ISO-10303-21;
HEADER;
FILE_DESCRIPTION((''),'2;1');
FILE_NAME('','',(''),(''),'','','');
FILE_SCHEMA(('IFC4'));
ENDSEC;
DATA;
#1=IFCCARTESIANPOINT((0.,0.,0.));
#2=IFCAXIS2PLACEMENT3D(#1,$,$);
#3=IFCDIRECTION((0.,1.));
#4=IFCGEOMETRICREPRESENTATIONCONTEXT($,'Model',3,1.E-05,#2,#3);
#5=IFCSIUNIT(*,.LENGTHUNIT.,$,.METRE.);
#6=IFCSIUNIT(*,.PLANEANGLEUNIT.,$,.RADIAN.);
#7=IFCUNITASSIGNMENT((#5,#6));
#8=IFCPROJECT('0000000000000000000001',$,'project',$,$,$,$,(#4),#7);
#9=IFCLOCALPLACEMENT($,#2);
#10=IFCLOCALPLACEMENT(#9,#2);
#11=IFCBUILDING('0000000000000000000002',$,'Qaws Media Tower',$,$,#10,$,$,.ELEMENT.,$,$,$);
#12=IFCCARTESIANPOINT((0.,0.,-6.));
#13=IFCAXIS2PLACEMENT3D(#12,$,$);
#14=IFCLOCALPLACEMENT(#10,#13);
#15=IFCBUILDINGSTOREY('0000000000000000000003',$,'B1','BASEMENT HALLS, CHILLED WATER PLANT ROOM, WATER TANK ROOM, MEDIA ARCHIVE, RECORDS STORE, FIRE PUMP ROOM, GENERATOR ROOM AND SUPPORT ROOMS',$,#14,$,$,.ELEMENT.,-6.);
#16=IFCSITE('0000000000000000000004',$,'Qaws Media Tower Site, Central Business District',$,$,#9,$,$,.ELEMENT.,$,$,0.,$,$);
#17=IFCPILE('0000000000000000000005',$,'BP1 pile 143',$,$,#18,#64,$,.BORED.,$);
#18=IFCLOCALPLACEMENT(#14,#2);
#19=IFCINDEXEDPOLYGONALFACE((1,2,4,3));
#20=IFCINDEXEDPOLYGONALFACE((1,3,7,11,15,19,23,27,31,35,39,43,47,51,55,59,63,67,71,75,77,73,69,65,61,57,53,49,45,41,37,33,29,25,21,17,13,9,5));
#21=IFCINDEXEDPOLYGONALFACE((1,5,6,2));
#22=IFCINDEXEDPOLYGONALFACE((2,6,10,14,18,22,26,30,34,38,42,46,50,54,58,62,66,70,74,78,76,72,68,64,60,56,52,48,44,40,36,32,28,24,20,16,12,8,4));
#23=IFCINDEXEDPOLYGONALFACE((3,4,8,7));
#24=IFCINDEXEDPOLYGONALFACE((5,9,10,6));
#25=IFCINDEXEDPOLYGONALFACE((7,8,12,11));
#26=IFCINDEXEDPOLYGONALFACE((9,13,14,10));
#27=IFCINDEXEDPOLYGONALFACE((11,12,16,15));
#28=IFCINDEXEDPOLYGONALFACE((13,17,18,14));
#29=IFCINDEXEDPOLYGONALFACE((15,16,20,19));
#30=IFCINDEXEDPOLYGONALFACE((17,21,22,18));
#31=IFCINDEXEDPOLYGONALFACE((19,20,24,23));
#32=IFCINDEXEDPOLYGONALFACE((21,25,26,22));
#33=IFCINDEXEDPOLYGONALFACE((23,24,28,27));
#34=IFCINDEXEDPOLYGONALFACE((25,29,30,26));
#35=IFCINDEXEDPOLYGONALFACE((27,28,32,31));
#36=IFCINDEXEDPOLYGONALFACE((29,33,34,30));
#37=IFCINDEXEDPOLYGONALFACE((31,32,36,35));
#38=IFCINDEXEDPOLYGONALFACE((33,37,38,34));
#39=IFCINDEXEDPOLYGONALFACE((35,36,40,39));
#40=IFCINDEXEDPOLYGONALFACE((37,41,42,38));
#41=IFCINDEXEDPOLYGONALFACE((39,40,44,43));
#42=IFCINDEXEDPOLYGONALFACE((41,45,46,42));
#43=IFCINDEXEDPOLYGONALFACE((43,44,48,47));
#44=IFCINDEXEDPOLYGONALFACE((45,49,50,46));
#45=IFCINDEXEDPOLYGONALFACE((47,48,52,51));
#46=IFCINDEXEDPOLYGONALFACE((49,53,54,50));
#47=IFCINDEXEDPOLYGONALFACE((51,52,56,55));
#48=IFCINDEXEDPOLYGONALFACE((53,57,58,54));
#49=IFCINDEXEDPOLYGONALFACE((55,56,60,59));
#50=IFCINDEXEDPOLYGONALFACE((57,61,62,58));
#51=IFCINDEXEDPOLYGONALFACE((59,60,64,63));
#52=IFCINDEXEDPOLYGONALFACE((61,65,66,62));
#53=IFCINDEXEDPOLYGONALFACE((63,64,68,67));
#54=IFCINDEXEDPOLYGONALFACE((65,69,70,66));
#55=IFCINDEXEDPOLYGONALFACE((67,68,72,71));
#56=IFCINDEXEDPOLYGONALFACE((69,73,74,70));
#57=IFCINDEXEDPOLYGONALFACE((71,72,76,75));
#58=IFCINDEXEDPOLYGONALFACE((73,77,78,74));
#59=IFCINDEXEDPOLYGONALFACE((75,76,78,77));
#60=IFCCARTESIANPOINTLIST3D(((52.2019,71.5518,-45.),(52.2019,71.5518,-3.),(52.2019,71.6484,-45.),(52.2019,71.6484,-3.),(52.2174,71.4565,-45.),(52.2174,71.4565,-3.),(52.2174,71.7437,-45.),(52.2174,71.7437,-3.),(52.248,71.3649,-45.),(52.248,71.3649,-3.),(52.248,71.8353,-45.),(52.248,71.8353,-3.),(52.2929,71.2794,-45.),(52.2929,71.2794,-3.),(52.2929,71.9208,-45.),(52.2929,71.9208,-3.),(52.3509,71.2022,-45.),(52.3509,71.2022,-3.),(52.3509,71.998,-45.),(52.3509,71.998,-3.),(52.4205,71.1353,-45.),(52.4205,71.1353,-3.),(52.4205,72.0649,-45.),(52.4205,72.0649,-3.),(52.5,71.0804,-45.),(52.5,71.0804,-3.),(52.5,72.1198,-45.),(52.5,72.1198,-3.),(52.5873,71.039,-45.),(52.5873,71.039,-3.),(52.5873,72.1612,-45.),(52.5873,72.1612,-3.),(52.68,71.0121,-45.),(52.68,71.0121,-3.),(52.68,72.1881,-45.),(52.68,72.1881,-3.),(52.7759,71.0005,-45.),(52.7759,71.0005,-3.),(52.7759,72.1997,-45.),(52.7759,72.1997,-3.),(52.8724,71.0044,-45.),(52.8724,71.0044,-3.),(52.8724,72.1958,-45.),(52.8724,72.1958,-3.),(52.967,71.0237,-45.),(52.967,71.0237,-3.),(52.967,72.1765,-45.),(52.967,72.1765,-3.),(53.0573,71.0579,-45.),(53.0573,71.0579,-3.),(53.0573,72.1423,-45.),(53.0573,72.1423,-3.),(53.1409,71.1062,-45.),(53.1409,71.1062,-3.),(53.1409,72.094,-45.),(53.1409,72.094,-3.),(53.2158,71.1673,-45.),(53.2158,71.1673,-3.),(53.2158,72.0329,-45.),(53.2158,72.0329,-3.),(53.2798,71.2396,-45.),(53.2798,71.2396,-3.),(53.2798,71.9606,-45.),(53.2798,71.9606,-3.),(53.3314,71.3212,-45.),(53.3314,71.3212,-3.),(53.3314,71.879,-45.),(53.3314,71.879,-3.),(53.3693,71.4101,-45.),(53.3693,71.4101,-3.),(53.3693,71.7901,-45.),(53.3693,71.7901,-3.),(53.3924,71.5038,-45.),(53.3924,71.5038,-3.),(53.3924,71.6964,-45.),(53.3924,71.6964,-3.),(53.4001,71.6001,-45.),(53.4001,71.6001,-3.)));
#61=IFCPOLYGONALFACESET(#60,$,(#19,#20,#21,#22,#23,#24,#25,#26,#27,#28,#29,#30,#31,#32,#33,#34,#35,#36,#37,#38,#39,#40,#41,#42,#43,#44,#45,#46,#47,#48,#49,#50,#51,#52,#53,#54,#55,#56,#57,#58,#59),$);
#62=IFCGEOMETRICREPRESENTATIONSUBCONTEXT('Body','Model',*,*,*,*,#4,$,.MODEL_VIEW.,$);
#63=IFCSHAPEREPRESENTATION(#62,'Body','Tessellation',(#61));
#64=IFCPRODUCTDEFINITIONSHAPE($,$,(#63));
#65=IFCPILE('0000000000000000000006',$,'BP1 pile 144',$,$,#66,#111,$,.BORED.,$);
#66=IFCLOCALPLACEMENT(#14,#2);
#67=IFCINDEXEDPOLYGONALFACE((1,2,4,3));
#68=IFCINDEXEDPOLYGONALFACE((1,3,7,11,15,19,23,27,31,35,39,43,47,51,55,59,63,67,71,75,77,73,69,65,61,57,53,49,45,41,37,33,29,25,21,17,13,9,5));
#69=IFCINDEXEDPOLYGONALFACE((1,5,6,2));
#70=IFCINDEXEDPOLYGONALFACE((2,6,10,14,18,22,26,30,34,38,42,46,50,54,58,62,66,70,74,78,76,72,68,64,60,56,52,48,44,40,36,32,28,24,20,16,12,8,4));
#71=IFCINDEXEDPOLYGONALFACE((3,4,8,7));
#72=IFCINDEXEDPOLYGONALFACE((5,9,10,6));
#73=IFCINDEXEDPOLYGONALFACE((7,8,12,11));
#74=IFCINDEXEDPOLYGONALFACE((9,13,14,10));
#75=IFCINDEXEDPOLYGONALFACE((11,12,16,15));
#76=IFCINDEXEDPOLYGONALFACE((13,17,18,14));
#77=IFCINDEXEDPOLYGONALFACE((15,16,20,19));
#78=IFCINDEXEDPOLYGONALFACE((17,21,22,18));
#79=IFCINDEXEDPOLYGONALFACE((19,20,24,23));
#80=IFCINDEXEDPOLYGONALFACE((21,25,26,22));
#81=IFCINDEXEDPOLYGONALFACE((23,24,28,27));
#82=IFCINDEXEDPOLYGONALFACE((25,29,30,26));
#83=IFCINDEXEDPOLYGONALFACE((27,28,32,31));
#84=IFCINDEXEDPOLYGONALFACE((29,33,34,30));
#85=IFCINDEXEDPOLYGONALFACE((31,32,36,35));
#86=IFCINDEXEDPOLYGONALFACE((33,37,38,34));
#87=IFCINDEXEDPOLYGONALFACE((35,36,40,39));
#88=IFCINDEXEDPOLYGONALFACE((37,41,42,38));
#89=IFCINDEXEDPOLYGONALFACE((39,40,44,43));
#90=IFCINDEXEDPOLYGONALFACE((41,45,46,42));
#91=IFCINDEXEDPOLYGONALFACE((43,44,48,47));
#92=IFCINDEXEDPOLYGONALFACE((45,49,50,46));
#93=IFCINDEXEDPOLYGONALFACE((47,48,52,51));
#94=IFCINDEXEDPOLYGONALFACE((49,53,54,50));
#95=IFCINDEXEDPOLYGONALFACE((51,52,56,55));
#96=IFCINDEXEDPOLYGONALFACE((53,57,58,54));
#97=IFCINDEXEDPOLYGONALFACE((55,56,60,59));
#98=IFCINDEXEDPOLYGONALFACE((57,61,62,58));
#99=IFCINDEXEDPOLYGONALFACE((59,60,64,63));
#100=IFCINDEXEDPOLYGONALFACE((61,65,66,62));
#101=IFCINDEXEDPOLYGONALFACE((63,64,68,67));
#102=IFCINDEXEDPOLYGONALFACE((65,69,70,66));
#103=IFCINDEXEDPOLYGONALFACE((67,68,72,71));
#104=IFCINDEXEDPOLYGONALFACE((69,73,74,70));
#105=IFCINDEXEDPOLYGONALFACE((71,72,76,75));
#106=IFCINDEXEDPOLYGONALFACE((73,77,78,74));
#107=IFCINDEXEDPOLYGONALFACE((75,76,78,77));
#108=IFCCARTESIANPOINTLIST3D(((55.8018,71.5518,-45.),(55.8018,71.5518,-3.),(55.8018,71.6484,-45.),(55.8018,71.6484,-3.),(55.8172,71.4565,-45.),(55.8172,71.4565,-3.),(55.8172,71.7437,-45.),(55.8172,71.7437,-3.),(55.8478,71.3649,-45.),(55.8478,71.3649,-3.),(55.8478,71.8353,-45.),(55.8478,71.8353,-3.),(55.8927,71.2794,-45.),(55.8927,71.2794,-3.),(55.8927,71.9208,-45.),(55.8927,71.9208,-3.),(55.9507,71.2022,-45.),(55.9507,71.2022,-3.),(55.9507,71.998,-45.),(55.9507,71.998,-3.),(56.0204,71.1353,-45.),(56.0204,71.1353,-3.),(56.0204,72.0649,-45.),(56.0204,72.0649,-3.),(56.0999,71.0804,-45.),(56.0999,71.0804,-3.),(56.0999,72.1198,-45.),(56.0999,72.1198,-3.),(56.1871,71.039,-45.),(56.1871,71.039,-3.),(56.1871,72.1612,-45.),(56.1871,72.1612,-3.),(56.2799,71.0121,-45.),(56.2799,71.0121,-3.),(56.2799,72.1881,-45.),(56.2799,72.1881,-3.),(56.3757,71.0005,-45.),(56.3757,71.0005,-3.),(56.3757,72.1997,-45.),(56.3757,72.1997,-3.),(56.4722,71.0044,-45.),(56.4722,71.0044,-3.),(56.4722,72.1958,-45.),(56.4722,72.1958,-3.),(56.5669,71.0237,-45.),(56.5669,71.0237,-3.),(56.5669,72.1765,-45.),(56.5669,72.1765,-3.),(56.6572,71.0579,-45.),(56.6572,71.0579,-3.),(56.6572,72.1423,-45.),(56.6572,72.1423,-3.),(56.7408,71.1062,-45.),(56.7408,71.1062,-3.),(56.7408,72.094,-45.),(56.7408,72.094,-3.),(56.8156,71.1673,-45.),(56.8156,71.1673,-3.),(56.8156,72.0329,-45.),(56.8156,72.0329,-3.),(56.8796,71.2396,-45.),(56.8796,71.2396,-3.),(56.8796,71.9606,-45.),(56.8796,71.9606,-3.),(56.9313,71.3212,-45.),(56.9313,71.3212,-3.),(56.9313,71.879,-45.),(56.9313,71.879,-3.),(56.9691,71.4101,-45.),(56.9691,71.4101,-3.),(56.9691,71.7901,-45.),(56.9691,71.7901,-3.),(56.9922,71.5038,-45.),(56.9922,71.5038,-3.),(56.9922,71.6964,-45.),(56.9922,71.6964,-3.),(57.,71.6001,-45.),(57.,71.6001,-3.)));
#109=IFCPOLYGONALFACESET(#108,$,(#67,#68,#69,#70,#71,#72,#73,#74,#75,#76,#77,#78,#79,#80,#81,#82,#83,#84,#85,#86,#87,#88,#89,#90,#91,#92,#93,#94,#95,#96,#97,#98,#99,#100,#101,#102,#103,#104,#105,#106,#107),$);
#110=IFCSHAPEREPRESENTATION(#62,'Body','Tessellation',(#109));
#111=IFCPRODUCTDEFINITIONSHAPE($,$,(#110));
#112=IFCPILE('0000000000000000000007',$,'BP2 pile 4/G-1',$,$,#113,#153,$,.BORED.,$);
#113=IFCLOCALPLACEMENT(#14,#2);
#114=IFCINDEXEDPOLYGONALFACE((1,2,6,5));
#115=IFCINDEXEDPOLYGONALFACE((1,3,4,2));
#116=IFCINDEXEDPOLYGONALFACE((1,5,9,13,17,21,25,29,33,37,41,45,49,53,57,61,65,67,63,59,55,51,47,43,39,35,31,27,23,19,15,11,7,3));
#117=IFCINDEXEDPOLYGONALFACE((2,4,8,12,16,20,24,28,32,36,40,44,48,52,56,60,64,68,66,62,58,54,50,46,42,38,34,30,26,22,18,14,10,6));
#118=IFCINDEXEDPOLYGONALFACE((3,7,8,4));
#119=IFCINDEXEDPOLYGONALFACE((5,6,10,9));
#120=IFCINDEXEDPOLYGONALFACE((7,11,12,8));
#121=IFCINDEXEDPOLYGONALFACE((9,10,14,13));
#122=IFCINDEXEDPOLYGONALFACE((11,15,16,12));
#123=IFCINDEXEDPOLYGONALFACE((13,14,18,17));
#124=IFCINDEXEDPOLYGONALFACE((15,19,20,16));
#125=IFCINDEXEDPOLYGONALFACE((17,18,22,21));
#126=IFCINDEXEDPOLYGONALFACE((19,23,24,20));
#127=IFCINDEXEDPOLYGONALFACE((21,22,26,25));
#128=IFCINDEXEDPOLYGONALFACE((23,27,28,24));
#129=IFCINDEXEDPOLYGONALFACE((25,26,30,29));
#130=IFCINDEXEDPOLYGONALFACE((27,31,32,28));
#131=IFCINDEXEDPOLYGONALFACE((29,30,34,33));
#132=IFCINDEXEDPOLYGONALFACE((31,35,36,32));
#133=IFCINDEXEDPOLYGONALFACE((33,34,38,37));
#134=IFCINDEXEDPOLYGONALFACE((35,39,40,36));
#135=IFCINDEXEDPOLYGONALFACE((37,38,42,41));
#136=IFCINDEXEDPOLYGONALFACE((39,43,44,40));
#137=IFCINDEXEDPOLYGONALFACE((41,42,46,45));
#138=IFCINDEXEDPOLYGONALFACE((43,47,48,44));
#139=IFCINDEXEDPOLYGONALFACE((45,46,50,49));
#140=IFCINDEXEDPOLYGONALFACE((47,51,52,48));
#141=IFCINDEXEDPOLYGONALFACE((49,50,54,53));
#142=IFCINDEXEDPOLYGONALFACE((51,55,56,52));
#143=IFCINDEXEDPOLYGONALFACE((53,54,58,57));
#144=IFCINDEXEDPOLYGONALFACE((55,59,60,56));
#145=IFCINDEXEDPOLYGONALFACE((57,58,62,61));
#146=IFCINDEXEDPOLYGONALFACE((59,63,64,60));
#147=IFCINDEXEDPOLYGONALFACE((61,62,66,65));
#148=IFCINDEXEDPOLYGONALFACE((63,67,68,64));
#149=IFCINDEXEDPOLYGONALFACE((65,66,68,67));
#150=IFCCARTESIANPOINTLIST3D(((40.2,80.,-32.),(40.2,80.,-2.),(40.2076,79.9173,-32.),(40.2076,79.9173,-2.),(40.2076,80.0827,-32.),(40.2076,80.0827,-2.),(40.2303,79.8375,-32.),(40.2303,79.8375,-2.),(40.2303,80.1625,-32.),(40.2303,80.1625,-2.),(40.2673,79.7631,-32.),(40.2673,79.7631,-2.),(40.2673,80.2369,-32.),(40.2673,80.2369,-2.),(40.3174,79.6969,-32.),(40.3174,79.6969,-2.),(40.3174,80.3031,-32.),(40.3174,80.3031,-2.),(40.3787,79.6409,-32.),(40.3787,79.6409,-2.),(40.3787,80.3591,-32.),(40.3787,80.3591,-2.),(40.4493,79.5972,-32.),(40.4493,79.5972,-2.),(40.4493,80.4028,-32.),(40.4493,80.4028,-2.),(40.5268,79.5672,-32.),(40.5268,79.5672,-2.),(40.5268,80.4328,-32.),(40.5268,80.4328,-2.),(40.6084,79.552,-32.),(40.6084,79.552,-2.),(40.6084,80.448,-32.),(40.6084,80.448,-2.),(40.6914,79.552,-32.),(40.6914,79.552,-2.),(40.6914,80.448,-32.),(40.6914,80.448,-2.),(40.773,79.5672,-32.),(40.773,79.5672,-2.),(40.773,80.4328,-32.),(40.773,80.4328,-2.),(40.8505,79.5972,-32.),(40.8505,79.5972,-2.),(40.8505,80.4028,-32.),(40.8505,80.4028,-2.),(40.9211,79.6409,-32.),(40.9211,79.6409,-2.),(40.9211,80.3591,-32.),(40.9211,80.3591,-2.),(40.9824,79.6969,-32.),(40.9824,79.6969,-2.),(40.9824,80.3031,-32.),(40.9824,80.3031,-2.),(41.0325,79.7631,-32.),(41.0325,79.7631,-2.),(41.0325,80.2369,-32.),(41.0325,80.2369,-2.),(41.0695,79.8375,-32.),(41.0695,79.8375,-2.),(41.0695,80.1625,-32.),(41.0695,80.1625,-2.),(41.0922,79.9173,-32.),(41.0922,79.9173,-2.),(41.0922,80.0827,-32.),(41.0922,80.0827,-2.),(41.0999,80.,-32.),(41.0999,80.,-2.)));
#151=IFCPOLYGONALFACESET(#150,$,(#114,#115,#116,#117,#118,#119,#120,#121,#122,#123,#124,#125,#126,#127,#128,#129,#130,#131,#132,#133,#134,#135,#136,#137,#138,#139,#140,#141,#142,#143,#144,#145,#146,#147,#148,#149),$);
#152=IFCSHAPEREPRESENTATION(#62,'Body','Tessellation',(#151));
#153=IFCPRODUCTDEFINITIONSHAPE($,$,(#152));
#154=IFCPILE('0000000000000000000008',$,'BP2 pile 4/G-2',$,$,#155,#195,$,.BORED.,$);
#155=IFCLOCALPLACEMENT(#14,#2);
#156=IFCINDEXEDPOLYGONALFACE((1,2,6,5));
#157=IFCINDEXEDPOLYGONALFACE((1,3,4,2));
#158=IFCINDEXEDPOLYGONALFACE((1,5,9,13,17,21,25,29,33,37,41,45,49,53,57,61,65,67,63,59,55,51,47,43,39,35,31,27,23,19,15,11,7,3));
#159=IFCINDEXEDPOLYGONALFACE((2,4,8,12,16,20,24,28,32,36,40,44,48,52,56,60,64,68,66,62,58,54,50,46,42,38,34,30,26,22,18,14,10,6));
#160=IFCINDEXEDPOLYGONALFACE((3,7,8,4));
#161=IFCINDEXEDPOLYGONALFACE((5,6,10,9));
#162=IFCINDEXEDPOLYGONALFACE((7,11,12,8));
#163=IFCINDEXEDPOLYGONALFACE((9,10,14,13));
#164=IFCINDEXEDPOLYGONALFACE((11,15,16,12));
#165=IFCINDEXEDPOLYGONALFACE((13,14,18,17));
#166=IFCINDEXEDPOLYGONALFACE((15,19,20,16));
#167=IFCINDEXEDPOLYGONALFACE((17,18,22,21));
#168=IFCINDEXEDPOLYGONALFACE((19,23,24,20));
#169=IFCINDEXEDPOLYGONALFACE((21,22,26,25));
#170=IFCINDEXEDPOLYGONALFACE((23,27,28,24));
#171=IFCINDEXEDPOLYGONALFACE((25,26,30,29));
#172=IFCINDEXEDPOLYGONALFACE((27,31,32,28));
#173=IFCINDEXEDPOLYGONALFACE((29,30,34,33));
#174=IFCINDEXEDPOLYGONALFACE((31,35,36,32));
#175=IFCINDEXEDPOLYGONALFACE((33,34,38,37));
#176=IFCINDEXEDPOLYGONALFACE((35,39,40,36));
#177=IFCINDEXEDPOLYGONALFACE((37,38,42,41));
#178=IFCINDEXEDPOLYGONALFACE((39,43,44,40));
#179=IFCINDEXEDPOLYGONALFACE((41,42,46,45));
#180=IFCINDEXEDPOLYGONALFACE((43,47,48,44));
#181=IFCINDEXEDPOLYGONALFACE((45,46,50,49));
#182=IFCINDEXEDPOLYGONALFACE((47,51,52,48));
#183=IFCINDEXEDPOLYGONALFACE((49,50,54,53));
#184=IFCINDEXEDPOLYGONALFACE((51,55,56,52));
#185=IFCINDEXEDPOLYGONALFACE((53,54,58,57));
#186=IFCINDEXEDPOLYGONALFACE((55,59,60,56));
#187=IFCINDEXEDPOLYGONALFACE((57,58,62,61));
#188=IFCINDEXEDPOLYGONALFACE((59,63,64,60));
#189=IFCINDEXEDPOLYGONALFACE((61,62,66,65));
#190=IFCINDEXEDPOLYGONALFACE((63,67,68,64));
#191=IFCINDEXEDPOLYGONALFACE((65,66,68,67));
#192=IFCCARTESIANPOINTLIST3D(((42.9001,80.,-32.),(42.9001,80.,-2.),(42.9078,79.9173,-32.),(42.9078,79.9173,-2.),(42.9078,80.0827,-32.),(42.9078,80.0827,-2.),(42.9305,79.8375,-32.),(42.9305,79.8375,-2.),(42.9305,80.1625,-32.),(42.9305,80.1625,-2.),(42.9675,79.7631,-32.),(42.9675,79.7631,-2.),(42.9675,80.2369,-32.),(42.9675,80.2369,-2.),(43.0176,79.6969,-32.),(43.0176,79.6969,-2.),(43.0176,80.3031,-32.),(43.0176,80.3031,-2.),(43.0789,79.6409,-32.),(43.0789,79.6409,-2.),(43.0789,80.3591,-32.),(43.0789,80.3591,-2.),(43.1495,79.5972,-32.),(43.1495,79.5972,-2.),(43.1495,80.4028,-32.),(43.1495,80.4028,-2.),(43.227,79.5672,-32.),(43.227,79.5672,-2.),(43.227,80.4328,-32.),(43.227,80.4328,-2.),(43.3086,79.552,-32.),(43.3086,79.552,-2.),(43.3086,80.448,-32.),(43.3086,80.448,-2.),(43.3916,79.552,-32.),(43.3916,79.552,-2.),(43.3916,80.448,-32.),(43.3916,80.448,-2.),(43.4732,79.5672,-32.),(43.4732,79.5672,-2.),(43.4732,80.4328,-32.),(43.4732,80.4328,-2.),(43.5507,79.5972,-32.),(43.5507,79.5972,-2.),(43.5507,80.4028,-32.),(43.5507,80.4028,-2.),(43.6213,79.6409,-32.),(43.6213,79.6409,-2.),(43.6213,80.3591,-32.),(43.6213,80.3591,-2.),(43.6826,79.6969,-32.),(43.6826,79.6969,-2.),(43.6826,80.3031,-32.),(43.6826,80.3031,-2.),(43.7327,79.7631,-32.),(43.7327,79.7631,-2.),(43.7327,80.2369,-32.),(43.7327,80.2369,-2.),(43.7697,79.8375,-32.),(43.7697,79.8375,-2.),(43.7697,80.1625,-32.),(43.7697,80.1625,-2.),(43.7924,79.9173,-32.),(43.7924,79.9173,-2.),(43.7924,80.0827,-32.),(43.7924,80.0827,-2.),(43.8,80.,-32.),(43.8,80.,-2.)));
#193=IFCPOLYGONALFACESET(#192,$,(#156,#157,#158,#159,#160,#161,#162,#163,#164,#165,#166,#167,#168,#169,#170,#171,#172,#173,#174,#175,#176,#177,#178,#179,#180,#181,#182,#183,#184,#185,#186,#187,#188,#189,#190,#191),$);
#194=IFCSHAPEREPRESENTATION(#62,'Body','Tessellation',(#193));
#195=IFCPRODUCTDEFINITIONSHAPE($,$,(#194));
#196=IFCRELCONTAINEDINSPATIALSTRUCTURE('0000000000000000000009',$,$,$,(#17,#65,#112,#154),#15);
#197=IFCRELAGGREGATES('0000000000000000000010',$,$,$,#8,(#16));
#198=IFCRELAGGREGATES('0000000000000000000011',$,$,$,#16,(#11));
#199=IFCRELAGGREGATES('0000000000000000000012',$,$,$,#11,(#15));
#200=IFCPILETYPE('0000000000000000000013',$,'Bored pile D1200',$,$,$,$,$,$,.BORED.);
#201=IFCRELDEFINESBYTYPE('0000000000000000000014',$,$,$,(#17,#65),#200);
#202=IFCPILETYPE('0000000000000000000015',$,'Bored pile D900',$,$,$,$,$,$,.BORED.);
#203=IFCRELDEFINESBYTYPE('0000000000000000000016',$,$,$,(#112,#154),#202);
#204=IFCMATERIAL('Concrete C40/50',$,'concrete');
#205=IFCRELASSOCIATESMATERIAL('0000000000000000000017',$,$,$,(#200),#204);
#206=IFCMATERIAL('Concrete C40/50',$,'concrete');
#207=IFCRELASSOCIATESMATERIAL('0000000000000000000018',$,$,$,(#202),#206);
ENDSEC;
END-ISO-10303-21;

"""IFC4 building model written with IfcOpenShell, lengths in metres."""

from ifc_helpers import new_model, si_unit, direction, frame, origin, origin_2d, place, context, subcontext, project, spatial, circle, extrude, material, material_profile, profile_set, type_object, element, save


model = new_model("IFC4")

# Units and contexts
model_context = context("Model", 3, precision=1e-05, world=origin(), true_north=direction((0.0, 1.0)))
body_context = subcontext(model_context, "Body", "Model", "MODEL_VIEW")
ifc_project = project(units=[si_unit("LENGTHUNIT", "METRE"), si_unit("PLANEANGLEUNIT", "RADIAN")], contexts=[model_context])

# Site, building, storey
site_placement = place(None, origin())
site = spatial("IfcSite", under=ifc_project, at=site_placement, Name="Qaws Media Tower Site, Central Business District", CompositionType="ELEMENT", RefElevation=0.0)
building_placement = place(site_placement, origin())
building = spatial("IfcBuilding", under=site, at=building_placement, Name="Qaws Media Tower", CompositionType="ELEMENT")
storey_placement = place(building_placement, frame((0.0, 0.0, -6.0)))
storey = spatial("IfcBuildingStorey", under=building, at=storey_placement, Name="B1", Description="BASEMENT HALLS, CHILLED WATER PLANT ROOM, WATER TANK ROOM, MEDIA ARCHIVE, RECORDS STORE, FIRE PUMP ROOM, GENERATOR ROOM AND SUPPORT ROOMS", CompositionType="ELEMENT", Elevation=-6.0)

# Piles
ifc_material_1 = material(Name="Concrete C40/50", Category="concrete")
ifc_material_profile_1 = material_profile(ifc_material_1, circle(Radius=0.6001, at=origin_2d()), Name="D1200")
ifc_profile_set_1 = profile_set([ifc_material_profile_1], Name="Concrete C40/50")
pile_type_1 = type_object("IfcPileType", Name="Bored pile D1200", PredefinedType="BORED", material=ifc_profile_set_1)
for number, where, z_axis, x_axis, name in (
    (1, (52.8, 71.6001, -3.0), (0.0, 0.0, -1.0), (1.0, 0.0, 0.0), "BP1 pile 143"),
    (2, (56.3999, 71.6001, -3.0), (0.0, 0.0, -1.0), (1.0, 0.0, 0.0), "BP1 pile 144"),
):
    element("IfcPile", number, at=place(storey_placement, frame(where, z_axis=z_axis, x_axis=x_axis)), inside=storey, type_object=pile_type_1, Name=name, PredefinedType="BORED", context=body_context, shape_type="SweptSolid", body=[
        extrude(circle(Radius=0.6001, at=origin_2d()), origin(), (0.0, 0.0, 1.0), 42.0),
    ])
ifc_material_2 = material(Name="Concrete C40/50", Category="concrete")
ifc_material_profile_2 = material_profile(ifc_material_2, circle(Radius=0.45, at=origin_2d()), Name="D900")
ifc_profile_set_2 = profile_set([ifc_material_profile_2], Name="Concrete C40/50")
pile_type_2 = type_object("IfcPileType", Name="Bored pile D900", PredefinedType="BORED", material=ifc_profile_set_2)
for number, where, z_axis, x_axis, name in (
    (3, (40.6499, 80.0, -2.0), (0.0, 0.0, -1.0), (1.0, 0.0, 0.0), "BP2 pile 4/G-1"),
    (4, (43.3501, 80.0, -2.0), (0.0, 0.0, -1.0), (1.0, 0.0, 0.0), "BP2 pile 4/G-2"),
):
    element("IfcPile", number, at=place(storey_placement, frame(where, z_axis=z_axis, x_axis=x_axis)), inside=storey, type_object=pile_type_2, Name=name, PredefinedType="BORED", context=body_context, shape_type="SweptSolid", body=[
        extrude(circle(Radius=0.45, at=origin_2d()), origin(), (0.0, 0.0, 1.0), 30.0),
    ])

save(model, "model.ifc")
